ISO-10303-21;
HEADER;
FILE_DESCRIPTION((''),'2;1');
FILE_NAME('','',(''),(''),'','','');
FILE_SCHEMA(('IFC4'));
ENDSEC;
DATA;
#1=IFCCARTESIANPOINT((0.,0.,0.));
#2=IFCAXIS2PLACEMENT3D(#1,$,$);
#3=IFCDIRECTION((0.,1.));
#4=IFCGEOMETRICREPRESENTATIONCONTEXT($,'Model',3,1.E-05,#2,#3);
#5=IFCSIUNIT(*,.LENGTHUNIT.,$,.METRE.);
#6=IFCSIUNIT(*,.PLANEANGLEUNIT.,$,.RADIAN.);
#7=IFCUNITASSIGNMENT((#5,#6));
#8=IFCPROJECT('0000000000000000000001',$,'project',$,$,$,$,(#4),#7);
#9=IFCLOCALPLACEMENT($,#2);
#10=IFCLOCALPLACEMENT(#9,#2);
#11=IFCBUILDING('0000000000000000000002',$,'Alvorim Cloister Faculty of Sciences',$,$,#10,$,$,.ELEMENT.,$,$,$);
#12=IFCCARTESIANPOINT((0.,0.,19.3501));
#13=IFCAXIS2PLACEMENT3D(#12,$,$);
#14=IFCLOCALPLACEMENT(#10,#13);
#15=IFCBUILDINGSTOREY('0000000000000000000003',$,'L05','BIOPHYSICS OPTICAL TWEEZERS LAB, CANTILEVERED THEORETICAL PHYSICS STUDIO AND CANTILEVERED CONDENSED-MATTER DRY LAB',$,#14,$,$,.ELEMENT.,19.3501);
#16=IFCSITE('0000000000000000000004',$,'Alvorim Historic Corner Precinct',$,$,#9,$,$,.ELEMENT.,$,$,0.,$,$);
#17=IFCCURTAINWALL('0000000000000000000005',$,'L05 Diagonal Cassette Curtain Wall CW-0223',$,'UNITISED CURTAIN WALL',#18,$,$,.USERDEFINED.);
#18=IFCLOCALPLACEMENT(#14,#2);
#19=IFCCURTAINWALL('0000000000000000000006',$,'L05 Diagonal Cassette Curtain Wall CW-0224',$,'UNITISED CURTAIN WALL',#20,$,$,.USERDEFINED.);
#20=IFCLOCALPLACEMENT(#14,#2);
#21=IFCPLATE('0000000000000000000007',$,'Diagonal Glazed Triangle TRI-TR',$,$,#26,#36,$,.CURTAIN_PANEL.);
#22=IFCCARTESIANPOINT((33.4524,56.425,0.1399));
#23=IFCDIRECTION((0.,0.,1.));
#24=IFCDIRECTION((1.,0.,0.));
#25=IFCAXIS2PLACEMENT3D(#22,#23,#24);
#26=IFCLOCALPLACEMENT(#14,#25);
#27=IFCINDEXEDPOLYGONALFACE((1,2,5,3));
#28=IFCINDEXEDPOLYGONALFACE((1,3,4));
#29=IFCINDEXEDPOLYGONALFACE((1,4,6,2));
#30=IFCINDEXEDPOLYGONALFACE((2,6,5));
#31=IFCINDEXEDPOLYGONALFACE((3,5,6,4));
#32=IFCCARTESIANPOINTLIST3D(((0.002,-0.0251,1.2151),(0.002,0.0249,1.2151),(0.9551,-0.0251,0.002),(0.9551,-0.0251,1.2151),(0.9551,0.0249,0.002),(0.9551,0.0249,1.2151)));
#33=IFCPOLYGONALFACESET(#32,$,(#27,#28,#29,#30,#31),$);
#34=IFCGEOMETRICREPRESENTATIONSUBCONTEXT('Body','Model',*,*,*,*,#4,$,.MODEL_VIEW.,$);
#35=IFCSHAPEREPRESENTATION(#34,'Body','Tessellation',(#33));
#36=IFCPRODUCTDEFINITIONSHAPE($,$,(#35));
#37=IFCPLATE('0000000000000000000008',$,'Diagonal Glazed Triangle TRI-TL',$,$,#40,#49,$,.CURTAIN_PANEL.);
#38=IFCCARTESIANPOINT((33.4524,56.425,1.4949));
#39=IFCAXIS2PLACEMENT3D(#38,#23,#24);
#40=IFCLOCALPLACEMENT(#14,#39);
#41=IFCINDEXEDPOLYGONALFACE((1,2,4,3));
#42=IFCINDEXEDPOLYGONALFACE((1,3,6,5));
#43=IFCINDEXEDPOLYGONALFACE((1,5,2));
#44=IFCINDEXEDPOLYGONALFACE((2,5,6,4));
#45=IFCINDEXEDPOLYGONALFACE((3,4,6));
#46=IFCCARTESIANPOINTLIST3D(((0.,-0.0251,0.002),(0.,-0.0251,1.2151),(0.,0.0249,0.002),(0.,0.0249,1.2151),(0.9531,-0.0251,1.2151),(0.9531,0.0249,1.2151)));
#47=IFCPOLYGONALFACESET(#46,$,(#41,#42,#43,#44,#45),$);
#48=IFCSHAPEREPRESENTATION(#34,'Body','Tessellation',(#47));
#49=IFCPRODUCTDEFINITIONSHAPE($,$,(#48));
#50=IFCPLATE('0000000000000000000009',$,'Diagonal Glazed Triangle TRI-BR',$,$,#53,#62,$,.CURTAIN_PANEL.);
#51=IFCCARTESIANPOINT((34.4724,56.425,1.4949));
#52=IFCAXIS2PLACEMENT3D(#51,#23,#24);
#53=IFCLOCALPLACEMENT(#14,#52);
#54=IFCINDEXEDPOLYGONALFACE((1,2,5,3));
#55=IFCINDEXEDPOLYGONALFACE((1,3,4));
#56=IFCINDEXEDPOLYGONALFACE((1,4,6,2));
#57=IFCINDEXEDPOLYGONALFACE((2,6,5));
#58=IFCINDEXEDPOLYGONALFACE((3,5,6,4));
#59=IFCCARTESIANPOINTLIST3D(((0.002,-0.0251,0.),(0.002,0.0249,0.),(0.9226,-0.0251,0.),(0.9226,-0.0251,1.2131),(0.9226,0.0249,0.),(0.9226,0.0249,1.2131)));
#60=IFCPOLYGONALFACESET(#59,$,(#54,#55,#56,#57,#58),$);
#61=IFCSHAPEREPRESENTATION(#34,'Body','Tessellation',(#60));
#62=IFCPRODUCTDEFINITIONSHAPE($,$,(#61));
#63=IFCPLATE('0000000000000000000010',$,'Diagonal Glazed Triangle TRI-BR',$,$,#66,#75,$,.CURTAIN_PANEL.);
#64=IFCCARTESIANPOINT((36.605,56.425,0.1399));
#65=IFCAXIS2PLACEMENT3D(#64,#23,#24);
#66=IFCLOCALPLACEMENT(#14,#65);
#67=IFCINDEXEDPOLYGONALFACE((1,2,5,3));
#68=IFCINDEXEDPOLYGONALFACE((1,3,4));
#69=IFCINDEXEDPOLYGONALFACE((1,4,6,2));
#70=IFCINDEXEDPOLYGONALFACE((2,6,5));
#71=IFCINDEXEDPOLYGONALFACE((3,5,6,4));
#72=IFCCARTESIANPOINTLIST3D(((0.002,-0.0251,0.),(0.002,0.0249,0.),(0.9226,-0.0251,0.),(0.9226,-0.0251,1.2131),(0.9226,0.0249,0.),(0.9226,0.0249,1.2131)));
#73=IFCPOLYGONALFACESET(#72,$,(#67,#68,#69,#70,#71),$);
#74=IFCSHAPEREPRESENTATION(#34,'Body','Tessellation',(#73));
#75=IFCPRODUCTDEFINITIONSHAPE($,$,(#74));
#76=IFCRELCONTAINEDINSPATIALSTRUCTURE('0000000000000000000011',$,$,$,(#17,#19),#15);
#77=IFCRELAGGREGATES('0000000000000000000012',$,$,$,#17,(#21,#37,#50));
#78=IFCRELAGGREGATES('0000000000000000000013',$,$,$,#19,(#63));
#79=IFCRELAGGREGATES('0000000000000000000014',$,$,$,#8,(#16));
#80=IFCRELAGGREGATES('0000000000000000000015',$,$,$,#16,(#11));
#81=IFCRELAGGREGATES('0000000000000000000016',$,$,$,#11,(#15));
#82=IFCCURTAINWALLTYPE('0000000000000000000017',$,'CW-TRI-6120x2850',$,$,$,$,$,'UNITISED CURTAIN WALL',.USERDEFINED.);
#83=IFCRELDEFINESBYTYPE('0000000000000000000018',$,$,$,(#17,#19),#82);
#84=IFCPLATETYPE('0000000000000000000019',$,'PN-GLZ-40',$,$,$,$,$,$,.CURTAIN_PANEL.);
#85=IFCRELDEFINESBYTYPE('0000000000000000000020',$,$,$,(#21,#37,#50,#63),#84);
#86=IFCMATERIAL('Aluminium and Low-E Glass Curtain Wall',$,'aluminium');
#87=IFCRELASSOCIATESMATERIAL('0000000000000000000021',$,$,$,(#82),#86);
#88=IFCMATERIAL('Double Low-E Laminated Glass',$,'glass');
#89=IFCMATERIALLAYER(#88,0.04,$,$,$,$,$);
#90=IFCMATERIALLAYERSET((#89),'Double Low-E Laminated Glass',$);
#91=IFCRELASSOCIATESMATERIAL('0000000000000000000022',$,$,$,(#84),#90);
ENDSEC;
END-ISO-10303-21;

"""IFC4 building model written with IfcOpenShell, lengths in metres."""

from ifc_helpers import new_model, si_unit, direction, frame, origin, place, context, subcontext, project, spatial, polyline, outline, extrude, material, layer, layer_set, type_object, element, aggregate, save


model = new_model("IFC4")

# Units and contexts
model_context = context("Model", 3, precision=1e-05, world=origin(), true_north=direction((0.0, 1.0)))
body_context = subcontext(model_context, "Body", "Model", "MODEL_VIEW")
ifc_project = project(units=[si_unit("LENGTHUNIT", "METRE"), si_unit("PLANEANGLEUNIT", "RADIAN")], contexts=[model_context])

# Site, building, storey
site_placement = place(None, origin())
site = spatial("IfcSite", under=ifc_project, at=site_placement, Name="Alvorim Historic Corner Precinct", CompositionType="ELEMENT", RefElevation=0.0)
building_placement = place(site_placement, origin())
building = spatial("IfcBuilding", under=site, at=building_placement, Name="Alvorim Cloister Faculty of Sciences", CompositionType="ELEMENT")
storey_placement = place(building_placement, frame((0.0, 0.0, 19.3501)))
storey = spatial("IfcBuildingStorey", under=building, at=storey_placement, Name="L05", Description="BIOPHYSICS OPTICAL TWEEZERS LAB, CANTILEVERED THEORETICAL PHYSICS STUDIO AND CANTILEVERED CONDENSED-MATTER DRY LAB", CompositionType="ELEMENT", Elevation=19.3501)

# Curtain walls
ifc_material_1 = material(Name="Aluminium and Low-E Glass Curtain Wall", Category="aluminium")
curtain_wall_type = type_object("IfcCurtainWallType", Name="CW-TRI-6120x2850", ElementType="UNITISED CURTAIN WALL", PredefinedType="USERDEFINED", material=ifc_material_1)
curtain_wall_1_placement = place(storey_placement, origin())
curtain_wall_1 = element("IfcCurtainWall", 1, at=curtain_wall_1_placement, inside=storey, type_object=curtain_wall_type, Name="L05 Diagonal Cassette Curtain Wall CW-0223", ObjectType="UNITISED CURTAIN WALL", PredefinedType="USERDEFINED")
curtain_wall_2_placement = place(storey_placement, origin())
curtain_wall_2 = element("IfcCurtainWall", 2, at=curtain_wall_2_placement, inside=storey, type_object=curtain_wall_type, Name="L05 Diagonal Cassette Curtain Wall CW-0224", ObjectType="UNITISED CURTAIN WALL", PredefinedType="USERDEFINED")

# Plates
ifc_material_2 = material(Name="Double Low-E Laminated Glass", Category="glass")
ifc_layer_1 = layer(ifc_material_2, 0.04)
ifc_layer_set_1 = layer_set([ifc_layer_1], Name="Double Low-E Laminated Glass")
plate_type = type_object("IfcPlateType", Name="PN-GLZ-40", PredefinedType="CURTAIN_PANEL", material=ifc_layer_set_1)
plate_1_placement = place(storey_placement, frame((33.4524, 56.425, 0.1399), z_axis=(0.0, 0.0, 1.0), x_axis=(1.0, 0.0, 0.0)))
plate_1 = element("IfcPlate", 3, at=plate_1_placement, type_object=plate_type, Name="Diagonal Glazed Triangle TRI-TR", PredefinedType="CURTAIN_PANEL", context=body_context, shape_type="SweptSolid", body=[
    extrude(outline(polyline([(0.9551, 0.002), (0.9551, 1.2151), (0.002, 1.2151), (0.9551, 0.002)])), frame((0.0, 0.0249, 0.0), z_axis=(0.0, -1.0, 0.0), x_axis=(1.0, 0.0, 0.0)), (0.0, 0.0, 1.0), 0.05),
])
plate_2_placement = place(storey_placement, frame((33.4524, 56.425, 1.4949), z_axis=(0.0, 0.0, 1.0), x_axis=(1.0, 0.0, 0.0)))
plate_2 = element("IfcPlate", 4, at=plate_2_placement, type_object=plate_type, Name="Diagonal Glazed Triangle TRI-TL", PredefinedType="CURTAIN_PANEL", context=body_context, shape_type="SweptSolid", body=[
    extrude(outline(polyline([(0.9531, 1.2151), (0.0, 1.2151), (0.0, 0.002), (0.9531, 1.2151)])), frame((0.0, 0.0249, 0.0), z_axis=(0.0, -1.0, 0.0), x_axis=(1.0, 0.0, 0.0)), (0.0, 0.0, 1.0), 0.05),
])
plate_3_placement = place(storey_placement, frame((34.4724, 56.425, 1.4949), z_axis=(0.0, 0.0, 1.0), x_axis=(1.0, 0.0, 0.0)))
plate_3 = element("IfcPlate", 5, at=plate_3_placement, type_object=plate_type, Name="Diagonal Glazed Triangle TRI-BR", PredefinedType="CURTAIN_PANEL", context=body_context, shape_type="SweptSolid", body=[
    extrude(outline(polyline([(0.002, 0.0), (0.9226, 0.0), (0.9226, 1.2131), (0.002, 0.0)])), frame((0.0, 0.0249, 0.0), z_axis=(0.0, -1.0, 0.0), x_axis=(1.0, 0.0, 0.0)), (0.0, 0.0, 1.0), 0.05),
])
aggregate(curtain_wall_1, [plate_1, plate_2, plate_3])
plate_4_placement = place(storey_placement, frame((36.605, 56.425, 0.1399), z_axis=(0.0, 0.0, 1.0), x_axis=(1.0, 0.0, 0.0)))
plate_4 = element("IfcPlate", 6, at=plate_4_placement, type_object=plate_type, Name="Diagonal Glazed Triangle TRI-BR", PredefinedType="CURTAIN_PANEL", context=body_context, shape_type="SweptSolid", body=[
    extrude(outline(polyline([(0.002, 0.0), (0.9226, 0.0), (0.9226, 1.2131), (0.002, 0.0)])), frame((0.0, 0.0249, 0.0), z_axis=(0.0, -1.0, 0.0), x_axis=(1.0, 0.0, 0.0)), (0.0, 0.0, 1.0), 0.05),
])
aggregate(curtain_wall_2, [plate_4])

save(model, "model.ifc")
